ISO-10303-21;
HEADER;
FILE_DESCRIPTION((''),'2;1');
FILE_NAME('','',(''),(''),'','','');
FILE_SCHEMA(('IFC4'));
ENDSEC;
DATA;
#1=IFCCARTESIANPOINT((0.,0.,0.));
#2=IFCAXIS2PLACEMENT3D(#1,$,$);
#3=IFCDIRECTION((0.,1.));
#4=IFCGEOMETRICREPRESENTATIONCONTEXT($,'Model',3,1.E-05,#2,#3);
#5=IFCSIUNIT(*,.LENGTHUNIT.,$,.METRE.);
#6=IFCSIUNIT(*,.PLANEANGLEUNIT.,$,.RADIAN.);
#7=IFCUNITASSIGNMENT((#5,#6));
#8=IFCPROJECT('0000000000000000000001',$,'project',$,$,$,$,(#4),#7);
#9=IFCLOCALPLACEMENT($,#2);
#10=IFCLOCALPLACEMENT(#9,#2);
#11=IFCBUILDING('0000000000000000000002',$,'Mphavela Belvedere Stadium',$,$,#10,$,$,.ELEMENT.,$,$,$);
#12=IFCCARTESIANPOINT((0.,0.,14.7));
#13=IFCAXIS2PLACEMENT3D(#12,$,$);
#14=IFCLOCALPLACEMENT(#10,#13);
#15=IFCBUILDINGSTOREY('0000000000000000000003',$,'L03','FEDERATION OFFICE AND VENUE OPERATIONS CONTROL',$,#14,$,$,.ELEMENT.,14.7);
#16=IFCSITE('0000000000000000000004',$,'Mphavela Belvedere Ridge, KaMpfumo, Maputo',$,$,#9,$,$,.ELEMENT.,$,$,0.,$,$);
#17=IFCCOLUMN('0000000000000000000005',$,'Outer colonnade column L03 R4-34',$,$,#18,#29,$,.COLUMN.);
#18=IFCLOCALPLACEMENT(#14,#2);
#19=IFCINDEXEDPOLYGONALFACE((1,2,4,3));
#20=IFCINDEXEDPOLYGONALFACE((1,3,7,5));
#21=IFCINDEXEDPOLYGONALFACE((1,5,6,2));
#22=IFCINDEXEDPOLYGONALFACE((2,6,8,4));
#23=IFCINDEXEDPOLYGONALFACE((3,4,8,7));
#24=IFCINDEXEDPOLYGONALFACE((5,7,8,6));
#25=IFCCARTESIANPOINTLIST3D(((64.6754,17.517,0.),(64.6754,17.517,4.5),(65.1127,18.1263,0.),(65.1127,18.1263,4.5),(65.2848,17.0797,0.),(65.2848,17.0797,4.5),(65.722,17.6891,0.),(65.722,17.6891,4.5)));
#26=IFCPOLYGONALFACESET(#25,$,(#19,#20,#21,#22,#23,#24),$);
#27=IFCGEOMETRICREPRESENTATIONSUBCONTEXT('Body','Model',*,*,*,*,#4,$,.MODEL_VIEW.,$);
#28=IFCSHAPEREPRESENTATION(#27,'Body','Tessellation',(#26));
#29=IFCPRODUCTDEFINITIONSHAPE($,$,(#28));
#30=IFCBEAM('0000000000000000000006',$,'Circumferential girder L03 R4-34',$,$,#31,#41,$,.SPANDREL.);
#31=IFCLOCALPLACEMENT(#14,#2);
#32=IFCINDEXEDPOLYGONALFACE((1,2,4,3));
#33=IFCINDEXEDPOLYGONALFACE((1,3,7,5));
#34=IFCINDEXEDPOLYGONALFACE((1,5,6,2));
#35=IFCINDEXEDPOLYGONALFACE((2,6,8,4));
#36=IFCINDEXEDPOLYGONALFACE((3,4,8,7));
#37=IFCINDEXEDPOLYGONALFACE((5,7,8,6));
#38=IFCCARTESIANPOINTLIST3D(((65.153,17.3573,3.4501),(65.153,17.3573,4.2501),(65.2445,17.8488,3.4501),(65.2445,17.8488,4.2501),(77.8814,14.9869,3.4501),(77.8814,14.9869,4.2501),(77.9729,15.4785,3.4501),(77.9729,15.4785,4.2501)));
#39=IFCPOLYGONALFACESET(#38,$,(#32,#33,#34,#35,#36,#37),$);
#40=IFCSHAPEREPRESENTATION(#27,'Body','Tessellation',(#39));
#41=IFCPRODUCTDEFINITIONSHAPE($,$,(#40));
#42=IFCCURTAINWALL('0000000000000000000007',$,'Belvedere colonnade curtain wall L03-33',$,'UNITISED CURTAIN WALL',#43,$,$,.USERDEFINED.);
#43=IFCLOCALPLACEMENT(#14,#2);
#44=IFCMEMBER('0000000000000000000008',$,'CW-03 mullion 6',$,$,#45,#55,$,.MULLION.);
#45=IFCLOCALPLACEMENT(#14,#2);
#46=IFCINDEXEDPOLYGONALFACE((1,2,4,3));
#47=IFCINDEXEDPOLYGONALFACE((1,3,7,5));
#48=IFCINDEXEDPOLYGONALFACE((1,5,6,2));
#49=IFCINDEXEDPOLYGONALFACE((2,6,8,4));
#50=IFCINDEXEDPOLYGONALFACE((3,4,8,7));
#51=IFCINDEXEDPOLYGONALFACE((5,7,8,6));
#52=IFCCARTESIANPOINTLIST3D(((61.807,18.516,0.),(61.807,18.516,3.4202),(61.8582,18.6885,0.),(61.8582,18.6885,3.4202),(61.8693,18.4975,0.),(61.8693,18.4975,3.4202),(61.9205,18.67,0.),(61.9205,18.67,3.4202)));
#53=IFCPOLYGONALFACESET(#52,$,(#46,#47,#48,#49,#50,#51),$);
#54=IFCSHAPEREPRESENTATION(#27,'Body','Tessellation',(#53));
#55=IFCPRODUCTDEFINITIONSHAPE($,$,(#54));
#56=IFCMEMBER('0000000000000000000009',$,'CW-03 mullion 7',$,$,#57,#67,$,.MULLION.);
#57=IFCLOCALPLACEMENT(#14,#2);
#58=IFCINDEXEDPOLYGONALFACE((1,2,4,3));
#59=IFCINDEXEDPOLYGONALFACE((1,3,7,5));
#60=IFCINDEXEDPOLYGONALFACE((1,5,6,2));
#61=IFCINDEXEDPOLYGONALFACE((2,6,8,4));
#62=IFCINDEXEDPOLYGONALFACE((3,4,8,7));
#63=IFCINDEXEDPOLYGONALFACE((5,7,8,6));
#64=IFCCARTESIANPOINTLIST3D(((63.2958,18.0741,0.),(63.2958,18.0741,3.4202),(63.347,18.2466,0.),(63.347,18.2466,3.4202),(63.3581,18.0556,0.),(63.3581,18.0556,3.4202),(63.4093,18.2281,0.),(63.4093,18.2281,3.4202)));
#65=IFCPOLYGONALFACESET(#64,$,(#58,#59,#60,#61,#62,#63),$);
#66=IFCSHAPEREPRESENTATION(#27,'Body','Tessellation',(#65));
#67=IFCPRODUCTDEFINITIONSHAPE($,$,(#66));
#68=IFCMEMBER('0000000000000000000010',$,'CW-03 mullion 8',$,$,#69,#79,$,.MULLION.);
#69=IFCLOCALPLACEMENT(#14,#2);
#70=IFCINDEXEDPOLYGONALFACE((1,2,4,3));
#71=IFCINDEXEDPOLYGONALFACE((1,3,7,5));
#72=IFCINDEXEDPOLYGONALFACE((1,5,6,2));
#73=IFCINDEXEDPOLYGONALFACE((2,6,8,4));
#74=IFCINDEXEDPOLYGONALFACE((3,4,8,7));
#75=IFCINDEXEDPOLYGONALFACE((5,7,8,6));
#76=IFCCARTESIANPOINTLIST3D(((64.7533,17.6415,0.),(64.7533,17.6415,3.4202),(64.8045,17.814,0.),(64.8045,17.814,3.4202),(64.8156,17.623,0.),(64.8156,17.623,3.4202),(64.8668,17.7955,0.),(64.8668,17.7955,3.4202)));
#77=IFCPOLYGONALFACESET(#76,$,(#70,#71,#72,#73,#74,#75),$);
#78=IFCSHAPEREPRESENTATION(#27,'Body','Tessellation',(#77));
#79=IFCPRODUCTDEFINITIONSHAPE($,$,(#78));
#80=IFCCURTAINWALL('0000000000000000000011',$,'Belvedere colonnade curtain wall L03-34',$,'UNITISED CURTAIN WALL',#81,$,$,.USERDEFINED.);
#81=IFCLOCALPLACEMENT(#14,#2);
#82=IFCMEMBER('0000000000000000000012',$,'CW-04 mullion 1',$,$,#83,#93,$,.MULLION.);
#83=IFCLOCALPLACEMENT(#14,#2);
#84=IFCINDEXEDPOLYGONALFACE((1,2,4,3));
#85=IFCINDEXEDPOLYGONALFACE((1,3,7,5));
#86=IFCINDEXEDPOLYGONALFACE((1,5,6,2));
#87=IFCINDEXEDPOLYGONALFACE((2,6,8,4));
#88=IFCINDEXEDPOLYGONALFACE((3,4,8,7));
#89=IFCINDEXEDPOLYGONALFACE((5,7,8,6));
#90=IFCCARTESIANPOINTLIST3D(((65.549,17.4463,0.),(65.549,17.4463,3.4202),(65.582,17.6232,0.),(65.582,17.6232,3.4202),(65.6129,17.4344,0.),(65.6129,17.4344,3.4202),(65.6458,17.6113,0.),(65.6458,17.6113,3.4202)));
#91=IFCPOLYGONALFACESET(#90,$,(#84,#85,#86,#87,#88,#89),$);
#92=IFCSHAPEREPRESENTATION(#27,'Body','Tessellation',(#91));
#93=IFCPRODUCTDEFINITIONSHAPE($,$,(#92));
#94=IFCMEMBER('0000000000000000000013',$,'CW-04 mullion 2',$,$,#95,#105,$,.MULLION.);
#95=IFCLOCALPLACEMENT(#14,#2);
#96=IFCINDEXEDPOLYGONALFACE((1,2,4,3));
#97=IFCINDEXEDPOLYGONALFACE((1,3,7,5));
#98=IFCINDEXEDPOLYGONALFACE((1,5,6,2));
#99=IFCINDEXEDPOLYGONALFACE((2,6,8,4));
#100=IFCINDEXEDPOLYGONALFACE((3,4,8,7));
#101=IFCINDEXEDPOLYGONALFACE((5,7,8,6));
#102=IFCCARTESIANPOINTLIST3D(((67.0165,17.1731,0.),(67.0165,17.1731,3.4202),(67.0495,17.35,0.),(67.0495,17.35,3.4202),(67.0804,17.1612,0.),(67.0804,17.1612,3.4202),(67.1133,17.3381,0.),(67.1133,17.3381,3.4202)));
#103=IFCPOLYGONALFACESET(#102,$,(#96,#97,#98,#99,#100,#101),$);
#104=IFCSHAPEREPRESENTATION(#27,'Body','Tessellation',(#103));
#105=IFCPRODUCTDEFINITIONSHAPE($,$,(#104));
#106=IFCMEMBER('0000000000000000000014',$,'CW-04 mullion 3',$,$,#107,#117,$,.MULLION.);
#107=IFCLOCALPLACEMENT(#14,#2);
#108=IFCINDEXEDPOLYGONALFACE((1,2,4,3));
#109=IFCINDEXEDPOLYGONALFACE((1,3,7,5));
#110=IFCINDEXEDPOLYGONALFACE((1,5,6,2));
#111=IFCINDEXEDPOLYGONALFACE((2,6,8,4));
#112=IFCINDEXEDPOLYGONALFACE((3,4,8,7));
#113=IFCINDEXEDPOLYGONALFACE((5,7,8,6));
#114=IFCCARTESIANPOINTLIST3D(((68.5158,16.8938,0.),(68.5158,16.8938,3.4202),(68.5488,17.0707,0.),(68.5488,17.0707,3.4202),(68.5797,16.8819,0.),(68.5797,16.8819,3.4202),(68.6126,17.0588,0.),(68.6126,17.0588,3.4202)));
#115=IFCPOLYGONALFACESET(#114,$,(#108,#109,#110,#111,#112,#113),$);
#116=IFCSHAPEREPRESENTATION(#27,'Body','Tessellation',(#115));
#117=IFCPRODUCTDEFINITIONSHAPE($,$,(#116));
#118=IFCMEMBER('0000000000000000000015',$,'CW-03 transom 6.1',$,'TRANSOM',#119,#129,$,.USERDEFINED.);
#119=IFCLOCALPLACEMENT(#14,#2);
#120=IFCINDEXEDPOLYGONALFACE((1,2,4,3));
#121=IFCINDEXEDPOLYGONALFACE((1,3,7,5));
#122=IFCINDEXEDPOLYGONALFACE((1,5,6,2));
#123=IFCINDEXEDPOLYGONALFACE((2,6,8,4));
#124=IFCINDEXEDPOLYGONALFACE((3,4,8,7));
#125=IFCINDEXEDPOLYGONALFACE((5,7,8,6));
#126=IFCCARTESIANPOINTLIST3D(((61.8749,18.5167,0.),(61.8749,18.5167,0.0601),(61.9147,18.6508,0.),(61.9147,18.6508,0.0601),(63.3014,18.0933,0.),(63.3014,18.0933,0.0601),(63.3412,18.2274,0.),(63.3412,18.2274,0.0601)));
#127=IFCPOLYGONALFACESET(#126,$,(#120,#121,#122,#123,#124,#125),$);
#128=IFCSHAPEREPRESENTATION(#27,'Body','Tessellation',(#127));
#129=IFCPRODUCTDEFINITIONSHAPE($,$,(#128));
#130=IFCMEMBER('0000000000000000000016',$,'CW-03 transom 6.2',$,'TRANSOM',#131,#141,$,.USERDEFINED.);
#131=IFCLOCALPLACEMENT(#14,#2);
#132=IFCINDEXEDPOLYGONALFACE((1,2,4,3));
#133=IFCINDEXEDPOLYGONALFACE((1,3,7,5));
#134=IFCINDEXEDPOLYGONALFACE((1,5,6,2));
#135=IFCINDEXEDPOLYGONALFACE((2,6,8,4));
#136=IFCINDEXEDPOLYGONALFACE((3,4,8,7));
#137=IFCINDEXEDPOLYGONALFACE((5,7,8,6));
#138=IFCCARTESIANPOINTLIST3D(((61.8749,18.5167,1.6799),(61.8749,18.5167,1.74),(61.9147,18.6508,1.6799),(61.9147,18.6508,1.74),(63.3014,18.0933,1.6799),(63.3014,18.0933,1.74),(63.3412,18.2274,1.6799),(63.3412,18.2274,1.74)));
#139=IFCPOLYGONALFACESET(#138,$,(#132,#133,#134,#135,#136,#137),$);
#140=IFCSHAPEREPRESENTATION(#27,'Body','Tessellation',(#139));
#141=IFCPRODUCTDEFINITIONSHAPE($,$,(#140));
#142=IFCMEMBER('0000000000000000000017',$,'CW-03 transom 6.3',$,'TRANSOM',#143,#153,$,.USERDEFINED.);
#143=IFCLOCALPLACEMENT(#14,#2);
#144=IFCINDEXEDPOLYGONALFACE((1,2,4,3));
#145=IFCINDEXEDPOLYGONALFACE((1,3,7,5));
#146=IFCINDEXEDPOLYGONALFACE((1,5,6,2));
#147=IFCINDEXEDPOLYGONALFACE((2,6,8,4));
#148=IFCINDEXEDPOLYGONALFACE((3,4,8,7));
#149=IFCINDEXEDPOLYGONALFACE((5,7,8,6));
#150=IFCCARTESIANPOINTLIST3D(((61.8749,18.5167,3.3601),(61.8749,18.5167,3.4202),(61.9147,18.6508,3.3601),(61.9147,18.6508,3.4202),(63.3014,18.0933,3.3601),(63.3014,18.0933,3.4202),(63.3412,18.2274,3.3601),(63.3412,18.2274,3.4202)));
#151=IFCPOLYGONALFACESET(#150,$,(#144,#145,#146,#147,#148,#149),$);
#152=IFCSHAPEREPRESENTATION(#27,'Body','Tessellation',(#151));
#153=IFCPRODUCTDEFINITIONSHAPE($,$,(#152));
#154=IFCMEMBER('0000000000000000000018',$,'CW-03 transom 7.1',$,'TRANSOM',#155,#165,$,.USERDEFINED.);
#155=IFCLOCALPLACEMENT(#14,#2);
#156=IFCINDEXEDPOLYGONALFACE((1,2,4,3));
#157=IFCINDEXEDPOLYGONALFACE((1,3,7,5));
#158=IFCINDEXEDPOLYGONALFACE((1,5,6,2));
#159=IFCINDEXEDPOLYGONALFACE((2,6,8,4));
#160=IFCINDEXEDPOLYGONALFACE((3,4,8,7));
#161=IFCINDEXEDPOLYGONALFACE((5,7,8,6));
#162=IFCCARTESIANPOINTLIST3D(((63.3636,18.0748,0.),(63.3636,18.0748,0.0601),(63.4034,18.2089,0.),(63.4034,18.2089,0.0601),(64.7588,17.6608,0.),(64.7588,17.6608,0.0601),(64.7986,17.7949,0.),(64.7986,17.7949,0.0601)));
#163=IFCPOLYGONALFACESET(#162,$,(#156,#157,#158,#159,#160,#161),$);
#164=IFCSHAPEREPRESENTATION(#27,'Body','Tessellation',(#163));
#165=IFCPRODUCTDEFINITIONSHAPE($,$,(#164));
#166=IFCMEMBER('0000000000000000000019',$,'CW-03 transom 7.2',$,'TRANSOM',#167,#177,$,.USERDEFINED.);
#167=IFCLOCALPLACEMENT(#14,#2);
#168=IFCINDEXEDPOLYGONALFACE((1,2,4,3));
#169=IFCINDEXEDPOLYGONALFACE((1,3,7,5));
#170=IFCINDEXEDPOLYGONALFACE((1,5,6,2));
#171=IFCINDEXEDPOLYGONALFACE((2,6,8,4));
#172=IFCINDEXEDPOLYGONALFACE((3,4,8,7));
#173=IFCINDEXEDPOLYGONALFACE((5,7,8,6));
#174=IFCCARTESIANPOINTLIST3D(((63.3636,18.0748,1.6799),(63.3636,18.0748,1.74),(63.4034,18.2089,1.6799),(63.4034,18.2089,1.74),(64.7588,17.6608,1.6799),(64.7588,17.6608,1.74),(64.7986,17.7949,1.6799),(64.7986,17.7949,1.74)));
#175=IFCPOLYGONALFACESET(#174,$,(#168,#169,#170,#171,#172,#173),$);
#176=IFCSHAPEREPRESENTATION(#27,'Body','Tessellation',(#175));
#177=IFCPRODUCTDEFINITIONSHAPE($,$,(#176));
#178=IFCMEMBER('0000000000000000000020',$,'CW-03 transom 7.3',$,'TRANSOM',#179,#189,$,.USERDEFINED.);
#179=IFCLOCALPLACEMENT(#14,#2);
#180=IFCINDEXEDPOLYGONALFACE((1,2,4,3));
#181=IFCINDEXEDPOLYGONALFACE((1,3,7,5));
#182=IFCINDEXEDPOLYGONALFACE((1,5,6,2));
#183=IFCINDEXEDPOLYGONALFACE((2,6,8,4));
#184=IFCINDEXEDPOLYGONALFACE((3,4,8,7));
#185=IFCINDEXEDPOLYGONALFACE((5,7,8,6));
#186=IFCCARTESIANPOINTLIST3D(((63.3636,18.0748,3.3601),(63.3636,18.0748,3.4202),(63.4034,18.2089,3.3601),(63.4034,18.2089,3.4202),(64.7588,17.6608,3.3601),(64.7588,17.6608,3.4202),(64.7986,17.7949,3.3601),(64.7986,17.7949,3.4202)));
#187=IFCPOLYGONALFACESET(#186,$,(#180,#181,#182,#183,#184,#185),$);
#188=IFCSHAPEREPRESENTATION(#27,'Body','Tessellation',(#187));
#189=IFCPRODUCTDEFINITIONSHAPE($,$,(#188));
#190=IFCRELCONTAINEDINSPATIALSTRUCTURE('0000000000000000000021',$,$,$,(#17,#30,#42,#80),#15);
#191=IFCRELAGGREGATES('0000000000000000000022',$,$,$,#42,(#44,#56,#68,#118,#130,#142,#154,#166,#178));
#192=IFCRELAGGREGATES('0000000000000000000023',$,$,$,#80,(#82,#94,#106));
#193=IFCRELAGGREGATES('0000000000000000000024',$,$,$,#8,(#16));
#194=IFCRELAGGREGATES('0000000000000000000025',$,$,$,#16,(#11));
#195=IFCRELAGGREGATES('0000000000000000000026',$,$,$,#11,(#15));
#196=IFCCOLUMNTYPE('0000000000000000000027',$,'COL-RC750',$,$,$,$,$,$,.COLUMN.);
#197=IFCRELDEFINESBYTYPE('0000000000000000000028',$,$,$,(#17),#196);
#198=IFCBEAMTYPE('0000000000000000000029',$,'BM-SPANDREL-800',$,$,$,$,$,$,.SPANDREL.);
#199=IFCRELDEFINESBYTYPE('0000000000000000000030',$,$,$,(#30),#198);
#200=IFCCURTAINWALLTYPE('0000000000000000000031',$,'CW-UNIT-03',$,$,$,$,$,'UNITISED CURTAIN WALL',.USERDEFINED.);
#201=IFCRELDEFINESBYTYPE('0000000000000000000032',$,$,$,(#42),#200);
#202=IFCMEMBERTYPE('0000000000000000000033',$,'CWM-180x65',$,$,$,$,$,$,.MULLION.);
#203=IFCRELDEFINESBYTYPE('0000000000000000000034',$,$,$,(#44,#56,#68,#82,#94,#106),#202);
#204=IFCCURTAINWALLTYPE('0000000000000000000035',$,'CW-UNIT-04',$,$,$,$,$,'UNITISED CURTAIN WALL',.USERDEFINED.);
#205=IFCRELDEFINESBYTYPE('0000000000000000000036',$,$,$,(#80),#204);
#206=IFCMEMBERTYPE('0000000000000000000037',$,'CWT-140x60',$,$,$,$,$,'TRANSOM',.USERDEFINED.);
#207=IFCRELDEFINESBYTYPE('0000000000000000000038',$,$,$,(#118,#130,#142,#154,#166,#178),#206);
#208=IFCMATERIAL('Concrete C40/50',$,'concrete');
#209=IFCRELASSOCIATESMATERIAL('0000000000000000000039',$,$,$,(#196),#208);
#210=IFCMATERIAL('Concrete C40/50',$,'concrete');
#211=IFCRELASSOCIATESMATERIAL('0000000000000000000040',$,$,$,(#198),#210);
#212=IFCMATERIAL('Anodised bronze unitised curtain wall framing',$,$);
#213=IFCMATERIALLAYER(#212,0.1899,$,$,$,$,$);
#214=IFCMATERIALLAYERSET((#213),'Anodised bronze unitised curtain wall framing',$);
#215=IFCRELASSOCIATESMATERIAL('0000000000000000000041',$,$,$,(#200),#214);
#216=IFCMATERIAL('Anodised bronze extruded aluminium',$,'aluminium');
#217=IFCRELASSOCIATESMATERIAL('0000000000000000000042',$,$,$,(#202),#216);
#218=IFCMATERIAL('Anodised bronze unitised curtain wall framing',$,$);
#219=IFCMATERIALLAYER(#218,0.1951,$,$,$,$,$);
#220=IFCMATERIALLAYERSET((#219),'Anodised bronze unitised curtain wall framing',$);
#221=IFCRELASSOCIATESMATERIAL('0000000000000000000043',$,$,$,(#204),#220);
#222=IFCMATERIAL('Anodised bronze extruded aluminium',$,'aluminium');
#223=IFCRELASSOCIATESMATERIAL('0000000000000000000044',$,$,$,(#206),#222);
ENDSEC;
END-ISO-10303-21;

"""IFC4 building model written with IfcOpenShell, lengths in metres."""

from ifc_helpers import new_model, si_unit, direction, frame, origin, origin_2d, place, context, subcontext, project, spatial, rectangle, extrude, material, layer, layer_set, material_profile, profile_set, type_object, element, aggregate, save


model = new_model("IFC4")

# Units and contexts
model_context = context("Model", 3, precision=1e-05, world=origin(), true_north=direction((0.0, 1.0)))
body_context = subcontext(model_context, "Body", "Model", "MODEL_VIEW")
ifc_project = project(units=[si_unit("LENGTHUNIT", "METRE"), si_unit("PLANEANGLEUNIT", "RADIAN")], contexts=[model_context])

# Site, building, storey
site_placement = place(None, origin())
site = spatial("IfcSite", under=ifc_project, at=site_placement, Name="Mphavela Belvedere Ridge, KaMpfumo, Maputo", CompositionType="ELEMENT", RefElevation=0.0)
building_placement = place(site_placement, origin())
building = spatial("IfcBuilding", under=site, at=building_placement, Name="Mphavela Belvedere Stadium", CompositionType="ELEMENT")
storey_placement = place(building_placement, frame((0.0, 0.0, 14.7)))
storey = spatial("IfcBuildingStorey", under=building, at=storey_placement, Name="L03", Description="FEDERATION OFFICE AND VENUE OPERATIONS CONTROL", CompositionType="ELEMENT", Elevation=14.7)

# Column
ifc_material_1 = material(Name="Concrete C40/50", Category="concrete")
ifc_material_profile_1 = material_profile(ifc_material_1, rectangle(XDim=0.75, YDim=0.75, at=origin_2d()), Name="RC 750x750")
ifc_profile_set_1 = profile_set([ifc_material_profile_1], Name="Concrete C40/50")
column_type = type_object("IfcColumnType", Name="COL-RC750", PredefinedType="COLUMN", material=ifc_profile_set_1)
column_placement = place(storey_placement, frame((65.1987, 17.603, 0.0), z_axis=(0.0, 0.0, 1.0), x_axis=(-0.582974, -0.812491, 0.0)))
element("IfcColumn", 1, at=column_placement, inside=storey, type_object=column_type, Name="Outer colonnade column L03 R4-34", PredefinedType="COLUMN", context=body_context, shape_type="SweptSolid", body=[
    extrude(rectangle(XDim=0.75, YDim=0.75, at=origin_2d()), origin(), (0.0, 0.0, 1.0), 4.5),
])

# Beam
ifc_material_2 = material(Name="Concrete C40/50", Category="concrete")
ifc_material_profile_2 = material_profile(ifc_material_2, rectangle(XDim=0.5, YDim=0.8, at=origin_2d()), Name="RC 500x800")
ifc_profile_set_2 = profile_set([ifc_material_profile_2], Name="Concrete C40/50")
beam_type = type_object("IfcBeamType", Name="BM-SPANDREL-800", PredefinedType="SPANDREL", material=ifc_profile_set_2)
beam_placement = place(storey_placement, frame((65.1987, 17.603, 3.8501), z_axis=(0.983099, -0.183077, 0.0), x_axis=(0.183077, 0.983099, 0.0)))
element("IfcBeam", 2, at=beam_placement, inside=storey, type_object=beam_type, Name="Circumferential girder L03 R4-34", PredefinedType="SPANDREL", context=body_context, shape_type="SweptSolid", body=[
    extrude(rectangle(XDim=0.5, YDim=0.8, at=origin_2d()), origin(), (0.0, 0.0, 1.0), 12.9473),
])

# Curtain walls, members
ifc_material_3 = material(Name="Anodised bronze unitised curtain wall framing")
ifc_layer_1 = layer(ifc_material_3, 0.1899)
ifc_layer_set_1 = layer_set([ifc_layer_1], Name="Anodised bronze unitised curtain wall framing")
curtain_wall_type_1 = type_object("IfcCurtainWallType", Name="CW-UNIT-03", ElementType="UNITISED CURTAIN WALL", PredefinedType="USERDEFINED", material=ifc_layer_set_1)
curtain_wall_1_placement = place(storey_placement, origin())
curtain_wall_1 = element("IfcCurtainWall", 3, at=curtain_wall_1_placement, inside=storey, type_object=curtain_wall_type_1, Name="Belvedere colonnade curtain wall L03-33", ObjectType="UNITISED CURTAIN WALL", PredefinedType="USERDEFINED")
ifc_material_4 = material(Name="Anodised bronze extruded aluminium", Category="aluminium")
ifc_material_profile_3 = material_profile(ifc_material_4, rectangle(XDim=0.1799, YDim=0.0649, at=origin_2d()), Name="CW-MUL 180x65")
ifc_profile_set_3 = profile_set([ifc_material_profile_3], Name="Anodised bronze extruded aluminium")
member_type_1 = type_object("IfcMemberType", Name="CWM-180x65", PredefinedType="MULLION", material=ifc_profile_set_3)
member_1_placement = place(storey_placement, frame((61.8638, 18.593, 0.0), z_axis=(0.0, 0.0, 1.0), x_axis=(0.284565, 0.958657, 0.0)))
member_1 = element("IfcMember", 4, at=member_1_placement, type_object=member_type_1, Name="CW-03 mullion 6", PredefinedType="MULLION", context=body_context, shape_type="SweptSolid", body=[
    extrude(rectangle(XDim=0.1799, YDim=0.0649, at=origin_2d()), origin(), (0.0, 0.0, 1.0), 3.4202),
])
member_2_placement = place(storey_placement, frame((63.3525, 18.1511, 0.0), z_axis=(0.0, 0.0, 1.0), x_axis=(0.284565, 0.958657, 0.0)))
member_2 = element("IfcMember", 5, at=member_2_placement, type_object=member_type_1, Name="CW-03 mullion 7", PredefinedType="MULLION", context=body_context, shape_type="SweptSolid", body=[
    extrude(rectangle(XDim=0.1799, YDim=0.0649, at=origin_2d()), origin(), (0.0, 0.0, 1.0), 3.4202),
])
member_3_placement = place(storey_placement, frame((64.8101, 17.7185, 0.0), z_axis=(0.0, 0.0, 1.0), x_axis=(0.284565, 0.958657, 0.0)))
member_3 = element("IfcMember", 6, at=member_3_placement, type_object=member_type_1, Name="CW-03 mullion 8", PredefinedType="MULLION", context=body_context, shape_type="SweptSolid", body=[
    extrude(rectangle(XDim=0.1799, YDim=0.0649, at=origin_2d()), origin(), (0.0, 0.0, 1.0), 3.4202),
])
ifc_material_5 = material(Name="Anodised bronze unitised curtain wall framing")
ifc_layer_2 = layer(ifc_material_5, 0.1951)
ifc_layer_set_2 = layer_set([ifc_layer_2], Name="Anodised bronze unitised curtain wall framing")
curtain_wall_type_2 = type_object("IfcCurtainWallType", Name="CW-UNIT-04", ElementType="UNITISED CURTAIN WALL", PredefinedType="USERDEFINED", material=ifc_layer_set_2)
curtain_wall_2_placement = place(storey_placement, origin())
curtain_wall_2 = element("IfcCurtainWall", 7, at=curtain_wall_2_placement, inside=storey, type_object=curtain_wall_type_2, Name="Belvedere colonnade curtain wall L03-34", ObjectType="UNITISED CURTAIN WALL", PredefinedType="USERDEFINED")
member_4_placement = place(storey_placement, frame((65.5974, 17.5288, 0.0), z_axis=(0.0, 0.0, 1.0), x_axis=(0.183088, 0.983097, 0.0)))
member_4 = element("IfcMember", 8, at=member_4_placement, type_object=member_type_1, Name="CW-04 mullion 1", PredefinedType="MULLION", context=body_context, shape_type="SweptSolid", body=[
    extrude(rectangle(XDim=0.1799, YDim=0.0649, at=origin_2d()), origin(), (0.0, 0.0, 1.0), 3.4202),
])
member_5_placement = place(storey_placement, frame((67.0649, 17.2556, 0.0), z_axis=(0.0, 0.0, 1.0), x_axis=(0.183088, 0.983097, 0.0)))
member_5 = element("IfcMember", 9, at=member_5_placement, type_object=member_type_1, Name="CW-04 mullion 2", PredefinedType="MULLION", context=body_context, shape_type="SweptSolid", body=[
    extrude(rectangle(XDim=0.1799, YDim=0.0649, at=origin_2d()), origin(), (0.0, 0.0, 1.0), 3.4202),
])
member_6_placement = place(storey_placement, frame((68.5642, 16.9763, 0.0), z_axis=(0.0, 0.0, 1.0), x_axis=(0.183088, 0.983097, 0.0)))
member_6 = element("IfcMember", 10, at=member_6_placement, type_object=member_type_1, Name="CW-04 mullion 3", PredefinedType="MULLION", context=body_context, shape_type="SweptSolid", body=[
    extrude(rectangle(XDim=0.1799, YDim=0.0649, at=origin_2d()), origin(), (0.0, 0.0, 1.0), 3.4202),
])

# Members
ifc_material_6 = material(Name="Anodised bronze extruded aluminium", Category="aluminium")
ifc_material_profile_4 = material_profile(ifc_material_6, rectangle(XDim=0.1399, YDim=0.0601, at=origin_2d()), Name="CW-TRN 140x60")
ifc_profile_set_4 = profile_set([ifc_material_profile_4], Name="Anodised bronze extruded aluminium")
member_type_2 = type_object("IfcMemberType", Name="CWT-140x60", ElementType="TRANSOM", PredefinedType="USERDEFINED", material=ifc_profile_set_4)
member_7_placement = place(storey_placement, frame((61.8948, 18.5837, 0.03), z_axis=(0.958676, -0.284502, 0.0), x_axis=(0.284502, 0.958676, 0.0)))
member_7 = element("IfcMember", 11, at=member_7_placement, type_object=member_type_2, Name="CW-03 transom 6.1", ObjectType="TRANSOM", PredefinedType="USERDEFINED", context=body_context, shape_type="SweptSolid", body=[
    extrude(rectangle(XDim=0.1399, YDim=0.0601, at=origin_2d()), origin(), (0.0, 0.0, 1.0), 1.488),
])
member_8_placement = place(storey_placement, frame((61.8948, 18.5837, 1.71), z_axis=(0.958676, -0.284502, 0.0), x_axis=(0.284502, 0.958676, 0.0)))
member_8 = element("IfcMember", 12, at=member_8_placement, type_object=member_type_2, Name="CW-03 transom 6.2", ObjectType="TRANSOM", PredefinedType="USERDEFINED", context=body_context, shape_type="SweptSolid", body=[
    extrude(rectangle(XDim=0.1399, YDim=0.0601, at=origin_2d()), origin(), (0.0, 0.0, 1.0), 1.488),
])
member_9_placement = place(storey_placement, frame((61.8948, 18.5837, 3.3901), z_axis=(0.958676, -0.284502, 0.0), x_axis=(0.284502, 0.958676, 0.0)))
member_9 = element("IfcMember", 13, at=member_9_placement, type_object=member_type_2, Name="CW-03 transom 6.3", ObjectType="TRANSOM", PredefinedType="USERDEFINED", context=body_context, shape_type="SweptSolid", body=[
    extrude(rectangle(XDim=0.1399, YDim=0.0601, at=origin_2d()), origin(), (0.0, 0.0, 1.0), 1.488),
])
member_10_placement = place(storey_placement, frame((63.3835, 18.1418, 0.03), z_axis=(0.958676, -0.2845, 0.0), x_axis=(0.2845, 0.958676, 0.0)))
member_10 = element("IfcMember", 14, at=member_10_placement, type_object=member_type_2, Name="CW-03 transom 7.1", ObjectType="TRANSOM", PredefinedType="USERDEFINED", context=body_context, shape_type="SweptSolid", body=[
    extrude(rectangle(XDim=0.1399, YDim=0.0601, at=origin_2d()), origin(), (0.0, 0.0, 1.0), 1.4553),
])
member_11_placement = place(storey_placement, frame((63.3835, 18.1418, 1.71), z_axis=(0.958676, -0.2845, 0.0), x_axis=(0.2845, 0.958676, 0.0)))
member_11 = element("IfcMember", 15, at=member_11_placement, type_object=member_type_2, Name="CW-03 transom 7.2", ObjectType="TRANSOM", PredefinedType="USERDEFINED", context=body_context, shape_type="SweptSolid", body=[
    extrude(rectangle(XDim=0.1399, YDim=0.0601, at=origin_2d()), origin(), (0.0, 0.0, 1.0), 1.4553),
])
member_12_placement = place(storey_placement, frame((63.3835, 18.1418, 3.3901), z_axis=(0.958676, -0.2845, 0.0), x_axis=(0.2845, 0.958676, 0.0)))
member_12 = element("IfcMember", 16, at=member_12_placement, type_object=member_type_2, Name="CW-03 transom 7.3", ObjectType="TRANSOM", PredefinedType="USERDEFINED", context=body_context, shape_type="SweptSolid", body=[
    extrude(rectangle(XDim=0.1399, YDim=0.0601, at=origin_2d()), origin(), (0.0, 0.0, 1.0), 1.4553),
])

aggregate(curtain_wall_1, [member_1, member_2, member_3, member_7, member_8, member_9, member_10, member_11, member_12])
aggregate(curtain_wall_2, [member_4, member_5, member_6])

save(model, "model.ifc")
